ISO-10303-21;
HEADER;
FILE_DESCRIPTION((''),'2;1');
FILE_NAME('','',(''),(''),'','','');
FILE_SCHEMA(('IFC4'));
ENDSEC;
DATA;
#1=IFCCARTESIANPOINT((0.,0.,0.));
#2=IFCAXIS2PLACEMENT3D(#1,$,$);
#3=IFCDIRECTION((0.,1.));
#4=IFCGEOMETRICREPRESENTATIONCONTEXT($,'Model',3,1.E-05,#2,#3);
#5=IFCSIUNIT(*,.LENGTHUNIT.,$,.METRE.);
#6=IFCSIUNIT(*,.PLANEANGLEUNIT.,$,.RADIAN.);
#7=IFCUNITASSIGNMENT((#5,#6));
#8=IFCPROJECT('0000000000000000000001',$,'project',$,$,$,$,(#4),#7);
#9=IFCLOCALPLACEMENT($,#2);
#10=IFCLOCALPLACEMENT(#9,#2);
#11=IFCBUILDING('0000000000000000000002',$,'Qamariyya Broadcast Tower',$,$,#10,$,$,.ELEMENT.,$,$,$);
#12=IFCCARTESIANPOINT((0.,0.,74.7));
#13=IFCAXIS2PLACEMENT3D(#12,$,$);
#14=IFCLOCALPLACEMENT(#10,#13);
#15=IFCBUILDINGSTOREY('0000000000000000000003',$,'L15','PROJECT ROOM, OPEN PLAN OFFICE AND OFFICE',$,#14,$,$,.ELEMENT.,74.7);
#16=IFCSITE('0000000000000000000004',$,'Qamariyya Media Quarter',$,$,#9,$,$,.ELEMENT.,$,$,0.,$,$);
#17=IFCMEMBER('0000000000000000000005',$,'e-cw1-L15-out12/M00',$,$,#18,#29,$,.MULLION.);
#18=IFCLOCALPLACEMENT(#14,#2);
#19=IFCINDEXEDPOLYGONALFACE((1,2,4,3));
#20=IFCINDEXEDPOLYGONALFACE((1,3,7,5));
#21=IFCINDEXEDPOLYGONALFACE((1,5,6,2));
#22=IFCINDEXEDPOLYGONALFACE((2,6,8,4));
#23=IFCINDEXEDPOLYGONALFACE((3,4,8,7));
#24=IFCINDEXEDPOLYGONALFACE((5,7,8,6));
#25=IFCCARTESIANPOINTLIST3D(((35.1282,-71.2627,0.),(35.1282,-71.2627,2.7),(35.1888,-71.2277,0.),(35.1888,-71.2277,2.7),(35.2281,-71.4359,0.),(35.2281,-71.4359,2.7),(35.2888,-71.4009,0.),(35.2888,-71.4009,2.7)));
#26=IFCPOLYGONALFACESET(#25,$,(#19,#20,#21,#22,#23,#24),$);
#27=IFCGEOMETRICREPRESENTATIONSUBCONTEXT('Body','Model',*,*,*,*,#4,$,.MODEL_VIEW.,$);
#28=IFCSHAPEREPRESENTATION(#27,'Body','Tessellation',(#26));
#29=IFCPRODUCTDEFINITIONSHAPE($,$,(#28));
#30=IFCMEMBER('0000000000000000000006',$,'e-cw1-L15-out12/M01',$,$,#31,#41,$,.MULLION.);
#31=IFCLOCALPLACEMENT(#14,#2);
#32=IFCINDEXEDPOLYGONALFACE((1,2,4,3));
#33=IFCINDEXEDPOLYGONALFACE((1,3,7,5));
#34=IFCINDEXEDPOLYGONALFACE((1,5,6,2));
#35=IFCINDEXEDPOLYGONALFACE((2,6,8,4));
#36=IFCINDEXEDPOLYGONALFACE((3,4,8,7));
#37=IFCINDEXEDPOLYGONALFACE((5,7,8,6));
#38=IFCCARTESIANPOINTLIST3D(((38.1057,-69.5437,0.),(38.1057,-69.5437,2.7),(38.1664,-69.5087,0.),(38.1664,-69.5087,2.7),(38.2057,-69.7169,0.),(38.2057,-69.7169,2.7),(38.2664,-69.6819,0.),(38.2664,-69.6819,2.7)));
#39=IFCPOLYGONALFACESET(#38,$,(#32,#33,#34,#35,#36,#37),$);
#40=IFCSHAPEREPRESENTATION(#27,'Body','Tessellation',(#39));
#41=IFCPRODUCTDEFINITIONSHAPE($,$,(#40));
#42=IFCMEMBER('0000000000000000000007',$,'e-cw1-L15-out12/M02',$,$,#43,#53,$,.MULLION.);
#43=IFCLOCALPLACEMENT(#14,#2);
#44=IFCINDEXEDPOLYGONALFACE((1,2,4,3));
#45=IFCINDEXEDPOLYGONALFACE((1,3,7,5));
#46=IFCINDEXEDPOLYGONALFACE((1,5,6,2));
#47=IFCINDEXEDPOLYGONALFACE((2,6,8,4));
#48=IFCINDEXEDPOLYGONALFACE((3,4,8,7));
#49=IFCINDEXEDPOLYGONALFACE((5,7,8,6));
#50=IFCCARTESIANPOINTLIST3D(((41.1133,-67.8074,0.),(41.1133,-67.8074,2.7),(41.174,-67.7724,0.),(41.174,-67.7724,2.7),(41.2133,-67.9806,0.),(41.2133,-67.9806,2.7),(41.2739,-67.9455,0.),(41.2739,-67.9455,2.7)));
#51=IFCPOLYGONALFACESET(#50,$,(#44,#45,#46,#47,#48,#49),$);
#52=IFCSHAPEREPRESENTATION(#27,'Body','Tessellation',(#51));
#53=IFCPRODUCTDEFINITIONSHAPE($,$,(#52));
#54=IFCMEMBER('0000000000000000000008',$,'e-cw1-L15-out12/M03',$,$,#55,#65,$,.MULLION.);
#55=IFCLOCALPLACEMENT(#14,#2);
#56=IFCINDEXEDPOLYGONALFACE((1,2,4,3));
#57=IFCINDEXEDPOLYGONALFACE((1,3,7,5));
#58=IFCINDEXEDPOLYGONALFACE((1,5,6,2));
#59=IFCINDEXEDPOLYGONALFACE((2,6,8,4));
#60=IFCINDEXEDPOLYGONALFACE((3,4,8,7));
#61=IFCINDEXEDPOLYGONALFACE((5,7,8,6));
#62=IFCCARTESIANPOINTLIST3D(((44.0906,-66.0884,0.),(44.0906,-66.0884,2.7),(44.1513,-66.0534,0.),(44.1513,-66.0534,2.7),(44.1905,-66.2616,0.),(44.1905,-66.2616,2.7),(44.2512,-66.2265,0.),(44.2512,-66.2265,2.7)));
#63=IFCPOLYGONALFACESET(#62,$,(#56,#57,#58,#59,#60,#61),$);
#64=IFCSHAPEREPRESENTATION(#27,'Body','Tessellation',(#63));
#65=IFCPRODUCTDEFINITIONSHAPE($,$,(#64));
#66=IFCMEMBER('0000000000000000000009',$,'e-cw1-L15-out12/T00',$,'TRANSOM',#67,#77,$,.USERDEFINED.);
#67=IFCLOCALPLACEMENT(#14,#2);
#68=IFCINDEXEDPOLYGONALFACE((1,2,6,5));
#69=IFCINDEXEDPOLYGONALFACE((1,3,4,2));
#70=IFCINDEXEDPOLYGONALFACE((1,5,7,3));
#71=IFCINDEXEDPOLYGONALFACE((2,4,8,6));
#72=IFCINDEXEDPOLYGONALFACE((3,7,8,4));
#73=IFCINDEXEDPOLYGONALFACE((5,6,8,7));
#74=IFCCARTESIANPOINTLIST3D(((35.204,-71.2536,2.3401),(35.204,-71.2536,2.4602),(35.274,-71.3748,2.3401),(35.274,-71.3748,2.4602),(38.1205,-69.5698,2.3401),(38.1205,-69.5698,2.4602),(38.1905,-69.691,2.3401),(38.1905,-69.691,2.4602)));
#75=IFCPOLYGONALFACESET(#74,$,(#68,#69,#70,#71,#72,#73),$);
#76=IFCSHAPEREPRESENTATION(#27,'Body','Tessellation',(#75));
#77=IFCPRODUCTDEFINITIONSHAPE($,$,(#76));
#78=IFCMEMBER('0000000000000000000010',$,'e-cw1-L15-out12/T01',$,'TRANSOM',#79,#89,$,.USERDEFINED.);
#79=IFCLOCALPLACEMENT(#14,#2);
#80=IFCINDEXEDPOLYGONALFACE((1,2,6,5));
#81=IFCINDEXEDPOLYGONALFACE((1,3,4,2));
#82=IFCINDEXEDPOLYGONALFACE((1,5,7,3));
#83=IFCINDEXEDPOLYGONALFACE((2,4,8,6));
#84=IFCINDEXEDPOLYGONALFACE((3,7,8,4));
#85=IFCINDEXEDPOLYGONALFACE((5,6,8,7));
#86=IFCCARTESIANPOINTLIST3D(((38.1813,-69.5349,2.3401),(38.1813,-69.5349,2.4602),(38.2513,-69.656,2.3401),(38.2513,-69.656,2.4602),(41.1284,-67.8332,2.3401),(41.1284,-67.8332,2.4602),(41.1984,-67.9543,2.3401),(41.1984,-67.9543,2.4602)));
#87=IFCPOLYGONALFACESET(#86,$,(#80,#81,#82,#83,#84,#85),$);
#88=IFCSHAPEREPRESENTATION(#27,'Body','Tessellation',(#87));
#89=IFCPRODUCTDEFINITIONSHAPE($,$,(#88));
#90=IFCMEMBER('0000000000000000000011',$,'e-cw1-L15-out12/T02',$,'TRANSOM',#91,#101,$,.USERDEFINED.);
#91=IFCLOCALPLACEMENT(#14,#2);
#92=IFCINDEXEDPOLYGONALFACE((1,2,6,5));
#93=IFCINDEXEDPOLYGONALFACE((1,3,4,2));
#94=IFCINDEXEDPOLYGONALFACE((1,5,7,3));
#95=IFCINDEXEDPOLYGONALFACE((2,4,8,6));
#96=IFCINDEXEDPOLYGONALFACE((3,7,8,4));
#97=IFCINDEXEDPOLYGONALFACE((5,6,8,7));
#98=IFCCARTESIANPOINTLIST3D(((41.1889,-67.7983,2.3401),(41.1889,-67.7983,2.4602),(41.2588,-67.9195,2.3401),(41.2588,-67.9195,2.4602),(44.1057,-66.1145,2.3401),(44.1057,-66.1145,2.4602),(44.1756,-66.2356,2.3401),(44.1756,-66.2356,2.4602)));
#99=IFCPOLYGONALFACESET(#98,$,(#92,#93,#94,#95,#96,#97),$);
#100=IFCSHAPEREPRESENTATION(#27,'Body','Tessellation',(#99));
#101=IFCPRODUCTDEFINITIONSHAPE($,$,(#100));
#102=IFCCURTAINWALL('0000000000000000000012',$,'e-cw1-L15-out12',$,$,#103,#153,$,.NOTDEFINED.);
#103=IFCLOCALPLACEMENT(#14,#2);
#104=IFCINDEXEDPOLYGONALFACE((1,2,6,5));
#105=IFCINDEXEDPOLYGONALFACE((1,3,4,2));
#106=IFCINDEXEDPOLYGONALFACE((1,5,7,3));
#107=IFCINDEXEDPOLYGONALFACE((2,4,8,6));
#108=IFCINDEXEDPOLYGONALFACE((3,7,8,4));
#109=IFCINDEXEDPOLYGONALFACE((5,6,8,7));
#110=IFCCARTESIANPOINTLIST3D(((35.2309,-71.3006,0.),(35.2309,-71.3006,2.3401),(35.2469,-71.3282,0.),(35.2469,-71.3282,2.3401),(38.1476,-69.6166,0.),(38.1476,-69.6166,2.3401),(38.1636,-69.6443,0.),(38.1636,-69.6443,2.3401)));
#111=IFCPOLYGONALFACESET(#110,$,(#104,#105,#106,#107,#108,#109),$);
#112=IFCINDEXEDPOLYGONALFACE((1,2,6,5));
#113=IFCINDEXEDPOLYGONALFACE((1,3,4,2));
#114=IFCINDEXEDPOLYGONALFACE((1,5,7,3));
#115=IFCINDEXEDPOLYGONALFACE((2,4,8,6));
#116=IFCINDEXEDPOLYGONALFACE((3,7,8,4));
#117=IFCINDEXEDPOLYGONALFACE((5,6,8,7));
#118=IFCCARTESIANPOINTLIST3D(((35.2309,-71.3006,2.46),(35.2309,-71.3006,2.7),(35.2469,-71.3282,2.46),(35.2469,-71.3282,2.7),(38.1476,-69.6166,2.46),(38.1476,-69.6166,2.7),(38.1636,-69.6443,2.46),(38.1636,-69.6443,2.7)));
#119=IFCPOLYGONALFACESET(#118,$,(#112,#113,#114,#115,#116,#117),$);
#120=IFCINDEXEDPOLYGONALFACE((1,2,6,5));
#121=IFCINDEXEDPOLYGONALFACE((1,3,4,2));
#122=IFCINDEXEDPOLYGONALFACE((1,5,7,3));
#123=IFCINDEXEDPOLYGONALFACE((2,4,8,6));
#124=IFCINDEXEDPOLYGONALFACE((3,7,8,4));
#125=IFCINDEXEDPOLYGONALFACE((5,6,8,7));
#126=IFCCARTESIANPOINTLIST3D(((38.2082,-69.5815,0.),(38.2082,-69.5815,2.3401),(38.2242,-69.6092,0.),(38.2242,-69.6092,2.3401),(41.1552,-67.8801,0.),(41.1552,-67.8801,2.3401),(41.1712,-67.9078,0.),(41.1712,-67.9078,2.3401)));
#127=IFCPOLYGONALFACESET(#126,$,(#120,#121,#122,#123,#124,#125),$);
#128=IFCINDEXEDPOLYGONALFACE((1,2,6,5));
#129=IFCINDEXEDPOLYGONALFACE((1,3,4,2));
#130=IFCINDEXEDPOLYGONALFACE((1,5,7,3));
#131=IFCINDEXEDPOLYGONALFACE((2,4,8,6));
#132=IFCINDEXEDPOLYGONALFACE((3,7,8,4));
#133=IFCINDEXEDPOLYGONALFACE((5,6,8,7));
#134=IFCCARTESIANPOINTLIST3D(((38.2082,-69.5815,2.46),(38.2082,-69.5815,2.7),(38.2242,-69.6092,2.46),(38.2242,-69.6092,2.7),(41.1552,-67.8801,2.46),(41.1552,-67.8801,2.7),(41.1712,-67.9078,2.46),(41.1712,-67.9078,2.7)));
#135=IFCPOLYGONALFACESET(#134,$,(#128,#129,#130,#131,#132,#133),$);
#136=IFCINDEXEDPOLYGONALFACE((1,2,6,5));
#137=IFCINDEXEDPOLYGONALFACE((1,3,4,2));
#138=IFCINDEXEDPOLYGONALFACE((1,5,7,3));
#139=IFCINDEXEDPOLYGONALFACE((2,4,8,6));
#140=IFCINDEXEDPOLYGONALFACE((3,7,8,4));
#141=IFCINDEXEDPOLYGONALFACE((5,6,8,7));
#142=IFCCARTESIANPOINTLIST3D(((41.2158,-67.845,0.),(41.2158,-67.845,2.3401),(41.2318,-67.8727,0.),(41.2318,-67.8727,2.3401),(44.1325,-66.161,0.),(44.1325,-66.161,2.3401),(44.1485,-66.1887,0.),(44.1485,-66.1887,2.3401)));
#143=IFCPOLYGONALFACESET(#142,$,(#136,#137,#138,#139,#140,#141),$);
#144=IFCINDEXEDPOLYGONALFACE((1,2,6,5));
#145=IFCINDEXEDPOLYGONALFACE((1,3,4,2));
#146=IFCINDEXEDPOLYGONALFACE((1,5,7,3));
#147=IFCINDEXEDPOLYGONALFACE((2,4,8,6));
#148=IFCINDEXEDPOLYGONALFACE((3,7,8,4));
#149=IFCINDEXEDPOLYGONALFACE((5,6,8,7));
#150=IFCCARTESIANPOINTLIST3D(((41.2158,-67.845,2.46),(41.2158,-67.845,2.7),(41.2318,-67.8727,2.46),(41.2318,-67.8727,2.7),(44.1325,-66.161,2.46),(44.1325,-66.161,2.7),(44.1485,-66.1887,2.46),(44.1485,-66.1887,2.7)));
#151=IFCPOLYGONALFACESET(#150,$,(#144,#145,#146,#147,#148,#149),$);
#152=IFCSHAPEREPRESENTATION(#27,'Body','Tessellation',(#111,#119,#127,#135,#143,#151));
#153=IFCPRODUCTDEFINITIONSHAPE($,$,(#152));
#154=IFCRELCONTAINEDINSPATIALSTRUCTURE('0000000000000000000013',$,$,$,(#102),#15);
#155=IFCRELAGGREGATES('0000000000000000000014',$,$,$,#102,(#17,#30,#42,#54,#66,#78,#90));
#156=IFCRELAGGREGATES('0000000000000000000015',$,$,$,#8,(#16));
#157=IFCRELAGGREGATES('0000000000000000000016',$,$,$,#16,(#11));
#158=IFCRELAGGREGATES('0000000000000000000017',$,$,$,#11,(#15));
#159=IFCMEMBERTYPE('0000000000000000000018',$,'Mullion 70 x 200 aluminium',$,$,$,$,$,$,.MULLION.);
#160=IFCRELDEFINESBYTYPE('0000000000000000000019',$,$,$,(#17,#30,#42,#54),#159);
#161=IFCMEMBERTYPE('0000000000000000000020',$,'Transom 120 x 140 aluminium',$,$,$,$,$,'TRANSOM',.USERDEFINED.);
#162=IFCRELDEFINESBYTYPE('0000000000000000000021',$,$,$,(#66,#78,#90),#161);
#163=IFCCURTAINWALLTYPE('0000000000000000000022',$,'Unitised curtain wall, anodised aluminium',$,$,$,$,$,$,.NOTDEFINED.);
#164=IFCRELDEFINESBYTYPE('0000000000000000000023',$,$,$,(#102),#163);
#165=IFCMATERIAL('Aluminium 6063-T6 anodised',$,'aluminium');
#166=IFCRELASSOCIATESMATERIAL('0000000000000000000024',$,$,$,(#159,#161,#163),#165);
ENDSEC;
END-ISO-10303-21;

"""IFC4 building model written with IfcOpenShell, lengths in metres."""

from ifc_helpers import new_model, si_unit, direction, frame, origin, origin_2d, place, context, subcontext, project, spatial, rectangle, extrude, material, material_profile, profile_set, type_object, element, aggregate, save


model = new_model("IFC4")

# Units and contexts
model_context = context("Model", 3, precision=1e-05, world=origin(), true_north=direction((0.0, 1.0)))
body_context = subcontext(model_context, "Body", "Model", "MODEL_VIEW")
ifc_project = project(units=[si_unit("LENGTHUNIT", "METRE"), si_unit("PLANEANGLEUNIT", "RADIAN")], contexts=[model_context])

# Members
ifc_material = material(Name="Aluminium 6063-T6 anodised", Category="aluminium")
ifc_material_profile_1 = material_profile(ifc_material, rectangle(XDim=0.2, YDim=0.0701, at=origin_2d()))
ifc_profile_set_1 = profile_set([ifc_material_profile_1], Name="Aluminium 6063-T6 anodised")
member_type_1 = type_object("IfcMemberType", Name="Mullion 70 x 200 aluminium", PredefinedType="MULLION", material=ifc_profile_set_1)
site_placement = place(None, origin())
building_placement = place(site_placement, origin())
storey_placement = place(building_placement, frame((0.0, 0.0, 74.7)))
member_1_placement = place(storey_placement, frame((35.2085, -71.3318, 0.0), z_axis=(0.0, 0.0, 1.0), x_axis=(-0.5, 0.866025, 0.0)))
member_1 = element("IfcMember", 1, at=member_1_placement, type_object=member_type_1, Name="e-cw1-L15-out12/M00", PredefinedType="MULLION", context=body_context, shape_type="SweptSolid", body=[
    extrude(rectangle(XDim=0.2, YDim=0.0701, at=origin_2d()), origin(), (0.0, 0.0, 1.0), 2.7),
])
member_2_placement = place(storey_placement, frame((38.186, -69.6128, 0.0), z_axis=(0.0, 0.0, 1.0), x_axis=(-0.5, 0.866025, 0.0)))
member_2 = element("IfcMember", 2, at=member_2_placement, type_object=member_type_1, Name="e-cw1-L15-out12/M01", PredefinedType="MULLION", context=body_context, shape_type="SweptSolid", body=[
    extrude(rectangle(XDim=0.2, YDim=0.0701, at=origin_2d()), origin(), (0.0, 0.0, 1.0), 2.7),
])
member_3_placement = place(storey_placement, frame((41.1936, -67.8765, 0.0), z_axis=(0.0, 0.0, 1.0), x_axis=(-0.5, 0.866025, 0.0)))
member_3 = element("IfcMember", 3, at=member_3_placement, type_object=member_type_1, Name="e-cw1-L15-out12/M02", PredefinedType="MULLION", context=body_context, shape_type="SweptSolid", body=[
    extrude(rectangle(XDim=0.2, YDim=0.0701, at=origin_2d()), origin(), (0.0, 0.0, 1.0), 2.7),
])
member_4_placement = place(storey_placement, frame((44.1709, -66.1575, 0.0), z_axis=(0.0, 0.0, 1.0), x_axis=(-0.5, 0.866025, 0.0)))
member_4 = element("IfcMember", 4, at=member_4_placement, type_object=member_type_1, Name="e-cw1-L15-out12/M03", PredefinedType="MULLION", context=body_context, shape_type="SweptSolid", body=[
    extrude(rectangle(XDim=0.2, YDim=0.0701, at=origin_2d()), origin(), (0.0, 0.0, 1.0), 2.7),
])
ifc_material_profile_2 = material_profile(ifc_material, rectangle(XDim=0.1399, YDim=0.1201, at=origin_2d()))
ifc_profile_set_2 = profile_set([ifc_material_profile_2], Name="Aluminium 6063-T6 anodised")
member_type_2 = type_object("IfcMemberType", Name="Transom 120 x 140 aluminium", ElementType="TRANSOM", PredefinedType="USERDEFINED", material=ifc_profile_set_2)
member_5_placement = place(storey_placement, frame((35.239, -71.3142, 2.4001), z_axis=(0.866026, 0.499999, 0.0), x_axis=(-0.499999, 0.866026, 0.0)))
member_5 = element("IfcMember", 5, at=member_5_placement, type_object=member_type_2, Name="e-cw1-L15-out12/T00", ObjectType="TRANSOM", PredefinedType="USERDEFINED", context=body_context, shape_type="SweptSolid", body=[
    extrude(rectangle(XDim=0.1399, YDim=0.1201, at=origin_2d()), origin(), (0.0, 0.0, 1.0), 3.3677),
])
member_6_placement = place(storey_placement, frame((38.2163, -69.5955, 2.4001), z_axis=(0.866, 0.500043, 0.0), x_axis=(-0.500043, 0.866, 0.0)))
member_6 = element("IfcMember", 6, at=member_6_placement, type_object=member_type_2, Name="e-cw1-L15-out12/T01", ObjectType="TRANSOM", PredefinedType="USERDEFINED", context=body_context, shape_type="SweptSolid", body=[
    extrude(rectangle(XDim=0.1399, YDim=0.1201, at=origin_2d()), origin(), (0.0, 0.0, 1.0), 3.4031),
])
member_7_placement = place(storey_placement, frame((41.2239, -67.8589, 2.4001), z_axis=(0.866044, 0.499967, 0.0), x_axis=(-0.499967, 0.866044, 0.0)))
member_7 = element("IfcMember", 7, at=member_7_placement, type_object=member_type_2, Name="e-cw1-L15-out12/T02", ObjectType="TRANSOM", PredefinedType="USERDEFINED", context=body_context, shape_type="SweptSolid", body=[
    extrude(rectangle(XDim=0.1399, YDim=0.1201, at=origin_2d()), origin(), (0.0, 0.0, 1.0), 3.3679),
])

# Site, building, storey
site = spatial("IfcSite", under=ifc_project, at=site_placement, Name="Qamariyya Media Quarter", CompositionType="ELEMENT", RefElevation=0.0)
building = spatial("IfcBuilding", under=site, at=building_placement, Name="Qamariyya Broadcast Tower", CompositionType="ELEMENT")
storey = spatial("IfcBuildingStorey", under=building, at=storey_placement, Name="L15", Description="PROJECT ROOM, OPEN PLAN OFFICE AND OFFICE", CompositionType="ELEMENT", Elevation=74.7)

# Curtain wall
curtain_wall_type = type_object("IfcCurtainWallType", Name="Unitised curtain wall, anodised aluminium", PredefinedType="NOTDEFINED", material=ifc_material)
curtain_wall_1_placement = place(storey_placement, origin())
curtain_wall_1 = element("IfcCurtainWall", 8, at=curtain_wall_1_placement, inside=storey, type_object=curtain_wall_type, Name="e-cw1-L15-out12", PredefinedType="NOTDEFINED", context=body_context, shape_type="SweptSolid", body=[
    extrude(rectangle(XDim=3.3679, YDim=0.032, at=origin_2d()), frame((36.6973, -70.4724, 0.0), x_axis=(0.866022, 0.500005, 0.0)), (0.0, 0.0, 1.0), 2.3401),
    extrude(rectangle(XDim=3.3679, YDim=0.032, at=origin_2d()), frame((36.6973, -70.4724, 2.46), x_axis=(0.866022, 0.500005, 0.0)), (0.0, 0.0, 1.0), 0.24),
    extrude(rectangle(XDim=3.4028, YDim=0.032, at=origin_2d()), frame((39.6897, -68.7446, 0.0), x_axis=(0.866022, 0.500005, 0.0)), (0.0, 0.0, 1.0), 2.3401),
    extrude(rectangle(XDim=3.4028, YDim=0.032, at=origin_2d()), frame((39.6897, -68.7446, 2.46), x_axis=(0.866022, 0.500005, 0.0)), (0.0, 0.0, 1.0), 0.24),
    extrude(rectangle(XDim=3.3679, YDim=0.032, at=origin_2d()), frame((42.6821, -67.0168, 0.0), x_axis=(0.866022, 0.500005, 0.0)), (0.0, 0.0, 1.0), 2.3401),
    extrude(rectangle(XDim=3.3679, YDim=0.032, at=origin_2d()), frame((42.6821, -67.0168, 2.46), x_axis=(0.866022, 0.500005, 0.0)), (0.0, 0.0, 1.0), 0.24),
])
aggregate(curtain_wall_1, [member_1, member_2, member_3, member_4, member_5, member_6, member_7])

save(model, "model.ifc")
